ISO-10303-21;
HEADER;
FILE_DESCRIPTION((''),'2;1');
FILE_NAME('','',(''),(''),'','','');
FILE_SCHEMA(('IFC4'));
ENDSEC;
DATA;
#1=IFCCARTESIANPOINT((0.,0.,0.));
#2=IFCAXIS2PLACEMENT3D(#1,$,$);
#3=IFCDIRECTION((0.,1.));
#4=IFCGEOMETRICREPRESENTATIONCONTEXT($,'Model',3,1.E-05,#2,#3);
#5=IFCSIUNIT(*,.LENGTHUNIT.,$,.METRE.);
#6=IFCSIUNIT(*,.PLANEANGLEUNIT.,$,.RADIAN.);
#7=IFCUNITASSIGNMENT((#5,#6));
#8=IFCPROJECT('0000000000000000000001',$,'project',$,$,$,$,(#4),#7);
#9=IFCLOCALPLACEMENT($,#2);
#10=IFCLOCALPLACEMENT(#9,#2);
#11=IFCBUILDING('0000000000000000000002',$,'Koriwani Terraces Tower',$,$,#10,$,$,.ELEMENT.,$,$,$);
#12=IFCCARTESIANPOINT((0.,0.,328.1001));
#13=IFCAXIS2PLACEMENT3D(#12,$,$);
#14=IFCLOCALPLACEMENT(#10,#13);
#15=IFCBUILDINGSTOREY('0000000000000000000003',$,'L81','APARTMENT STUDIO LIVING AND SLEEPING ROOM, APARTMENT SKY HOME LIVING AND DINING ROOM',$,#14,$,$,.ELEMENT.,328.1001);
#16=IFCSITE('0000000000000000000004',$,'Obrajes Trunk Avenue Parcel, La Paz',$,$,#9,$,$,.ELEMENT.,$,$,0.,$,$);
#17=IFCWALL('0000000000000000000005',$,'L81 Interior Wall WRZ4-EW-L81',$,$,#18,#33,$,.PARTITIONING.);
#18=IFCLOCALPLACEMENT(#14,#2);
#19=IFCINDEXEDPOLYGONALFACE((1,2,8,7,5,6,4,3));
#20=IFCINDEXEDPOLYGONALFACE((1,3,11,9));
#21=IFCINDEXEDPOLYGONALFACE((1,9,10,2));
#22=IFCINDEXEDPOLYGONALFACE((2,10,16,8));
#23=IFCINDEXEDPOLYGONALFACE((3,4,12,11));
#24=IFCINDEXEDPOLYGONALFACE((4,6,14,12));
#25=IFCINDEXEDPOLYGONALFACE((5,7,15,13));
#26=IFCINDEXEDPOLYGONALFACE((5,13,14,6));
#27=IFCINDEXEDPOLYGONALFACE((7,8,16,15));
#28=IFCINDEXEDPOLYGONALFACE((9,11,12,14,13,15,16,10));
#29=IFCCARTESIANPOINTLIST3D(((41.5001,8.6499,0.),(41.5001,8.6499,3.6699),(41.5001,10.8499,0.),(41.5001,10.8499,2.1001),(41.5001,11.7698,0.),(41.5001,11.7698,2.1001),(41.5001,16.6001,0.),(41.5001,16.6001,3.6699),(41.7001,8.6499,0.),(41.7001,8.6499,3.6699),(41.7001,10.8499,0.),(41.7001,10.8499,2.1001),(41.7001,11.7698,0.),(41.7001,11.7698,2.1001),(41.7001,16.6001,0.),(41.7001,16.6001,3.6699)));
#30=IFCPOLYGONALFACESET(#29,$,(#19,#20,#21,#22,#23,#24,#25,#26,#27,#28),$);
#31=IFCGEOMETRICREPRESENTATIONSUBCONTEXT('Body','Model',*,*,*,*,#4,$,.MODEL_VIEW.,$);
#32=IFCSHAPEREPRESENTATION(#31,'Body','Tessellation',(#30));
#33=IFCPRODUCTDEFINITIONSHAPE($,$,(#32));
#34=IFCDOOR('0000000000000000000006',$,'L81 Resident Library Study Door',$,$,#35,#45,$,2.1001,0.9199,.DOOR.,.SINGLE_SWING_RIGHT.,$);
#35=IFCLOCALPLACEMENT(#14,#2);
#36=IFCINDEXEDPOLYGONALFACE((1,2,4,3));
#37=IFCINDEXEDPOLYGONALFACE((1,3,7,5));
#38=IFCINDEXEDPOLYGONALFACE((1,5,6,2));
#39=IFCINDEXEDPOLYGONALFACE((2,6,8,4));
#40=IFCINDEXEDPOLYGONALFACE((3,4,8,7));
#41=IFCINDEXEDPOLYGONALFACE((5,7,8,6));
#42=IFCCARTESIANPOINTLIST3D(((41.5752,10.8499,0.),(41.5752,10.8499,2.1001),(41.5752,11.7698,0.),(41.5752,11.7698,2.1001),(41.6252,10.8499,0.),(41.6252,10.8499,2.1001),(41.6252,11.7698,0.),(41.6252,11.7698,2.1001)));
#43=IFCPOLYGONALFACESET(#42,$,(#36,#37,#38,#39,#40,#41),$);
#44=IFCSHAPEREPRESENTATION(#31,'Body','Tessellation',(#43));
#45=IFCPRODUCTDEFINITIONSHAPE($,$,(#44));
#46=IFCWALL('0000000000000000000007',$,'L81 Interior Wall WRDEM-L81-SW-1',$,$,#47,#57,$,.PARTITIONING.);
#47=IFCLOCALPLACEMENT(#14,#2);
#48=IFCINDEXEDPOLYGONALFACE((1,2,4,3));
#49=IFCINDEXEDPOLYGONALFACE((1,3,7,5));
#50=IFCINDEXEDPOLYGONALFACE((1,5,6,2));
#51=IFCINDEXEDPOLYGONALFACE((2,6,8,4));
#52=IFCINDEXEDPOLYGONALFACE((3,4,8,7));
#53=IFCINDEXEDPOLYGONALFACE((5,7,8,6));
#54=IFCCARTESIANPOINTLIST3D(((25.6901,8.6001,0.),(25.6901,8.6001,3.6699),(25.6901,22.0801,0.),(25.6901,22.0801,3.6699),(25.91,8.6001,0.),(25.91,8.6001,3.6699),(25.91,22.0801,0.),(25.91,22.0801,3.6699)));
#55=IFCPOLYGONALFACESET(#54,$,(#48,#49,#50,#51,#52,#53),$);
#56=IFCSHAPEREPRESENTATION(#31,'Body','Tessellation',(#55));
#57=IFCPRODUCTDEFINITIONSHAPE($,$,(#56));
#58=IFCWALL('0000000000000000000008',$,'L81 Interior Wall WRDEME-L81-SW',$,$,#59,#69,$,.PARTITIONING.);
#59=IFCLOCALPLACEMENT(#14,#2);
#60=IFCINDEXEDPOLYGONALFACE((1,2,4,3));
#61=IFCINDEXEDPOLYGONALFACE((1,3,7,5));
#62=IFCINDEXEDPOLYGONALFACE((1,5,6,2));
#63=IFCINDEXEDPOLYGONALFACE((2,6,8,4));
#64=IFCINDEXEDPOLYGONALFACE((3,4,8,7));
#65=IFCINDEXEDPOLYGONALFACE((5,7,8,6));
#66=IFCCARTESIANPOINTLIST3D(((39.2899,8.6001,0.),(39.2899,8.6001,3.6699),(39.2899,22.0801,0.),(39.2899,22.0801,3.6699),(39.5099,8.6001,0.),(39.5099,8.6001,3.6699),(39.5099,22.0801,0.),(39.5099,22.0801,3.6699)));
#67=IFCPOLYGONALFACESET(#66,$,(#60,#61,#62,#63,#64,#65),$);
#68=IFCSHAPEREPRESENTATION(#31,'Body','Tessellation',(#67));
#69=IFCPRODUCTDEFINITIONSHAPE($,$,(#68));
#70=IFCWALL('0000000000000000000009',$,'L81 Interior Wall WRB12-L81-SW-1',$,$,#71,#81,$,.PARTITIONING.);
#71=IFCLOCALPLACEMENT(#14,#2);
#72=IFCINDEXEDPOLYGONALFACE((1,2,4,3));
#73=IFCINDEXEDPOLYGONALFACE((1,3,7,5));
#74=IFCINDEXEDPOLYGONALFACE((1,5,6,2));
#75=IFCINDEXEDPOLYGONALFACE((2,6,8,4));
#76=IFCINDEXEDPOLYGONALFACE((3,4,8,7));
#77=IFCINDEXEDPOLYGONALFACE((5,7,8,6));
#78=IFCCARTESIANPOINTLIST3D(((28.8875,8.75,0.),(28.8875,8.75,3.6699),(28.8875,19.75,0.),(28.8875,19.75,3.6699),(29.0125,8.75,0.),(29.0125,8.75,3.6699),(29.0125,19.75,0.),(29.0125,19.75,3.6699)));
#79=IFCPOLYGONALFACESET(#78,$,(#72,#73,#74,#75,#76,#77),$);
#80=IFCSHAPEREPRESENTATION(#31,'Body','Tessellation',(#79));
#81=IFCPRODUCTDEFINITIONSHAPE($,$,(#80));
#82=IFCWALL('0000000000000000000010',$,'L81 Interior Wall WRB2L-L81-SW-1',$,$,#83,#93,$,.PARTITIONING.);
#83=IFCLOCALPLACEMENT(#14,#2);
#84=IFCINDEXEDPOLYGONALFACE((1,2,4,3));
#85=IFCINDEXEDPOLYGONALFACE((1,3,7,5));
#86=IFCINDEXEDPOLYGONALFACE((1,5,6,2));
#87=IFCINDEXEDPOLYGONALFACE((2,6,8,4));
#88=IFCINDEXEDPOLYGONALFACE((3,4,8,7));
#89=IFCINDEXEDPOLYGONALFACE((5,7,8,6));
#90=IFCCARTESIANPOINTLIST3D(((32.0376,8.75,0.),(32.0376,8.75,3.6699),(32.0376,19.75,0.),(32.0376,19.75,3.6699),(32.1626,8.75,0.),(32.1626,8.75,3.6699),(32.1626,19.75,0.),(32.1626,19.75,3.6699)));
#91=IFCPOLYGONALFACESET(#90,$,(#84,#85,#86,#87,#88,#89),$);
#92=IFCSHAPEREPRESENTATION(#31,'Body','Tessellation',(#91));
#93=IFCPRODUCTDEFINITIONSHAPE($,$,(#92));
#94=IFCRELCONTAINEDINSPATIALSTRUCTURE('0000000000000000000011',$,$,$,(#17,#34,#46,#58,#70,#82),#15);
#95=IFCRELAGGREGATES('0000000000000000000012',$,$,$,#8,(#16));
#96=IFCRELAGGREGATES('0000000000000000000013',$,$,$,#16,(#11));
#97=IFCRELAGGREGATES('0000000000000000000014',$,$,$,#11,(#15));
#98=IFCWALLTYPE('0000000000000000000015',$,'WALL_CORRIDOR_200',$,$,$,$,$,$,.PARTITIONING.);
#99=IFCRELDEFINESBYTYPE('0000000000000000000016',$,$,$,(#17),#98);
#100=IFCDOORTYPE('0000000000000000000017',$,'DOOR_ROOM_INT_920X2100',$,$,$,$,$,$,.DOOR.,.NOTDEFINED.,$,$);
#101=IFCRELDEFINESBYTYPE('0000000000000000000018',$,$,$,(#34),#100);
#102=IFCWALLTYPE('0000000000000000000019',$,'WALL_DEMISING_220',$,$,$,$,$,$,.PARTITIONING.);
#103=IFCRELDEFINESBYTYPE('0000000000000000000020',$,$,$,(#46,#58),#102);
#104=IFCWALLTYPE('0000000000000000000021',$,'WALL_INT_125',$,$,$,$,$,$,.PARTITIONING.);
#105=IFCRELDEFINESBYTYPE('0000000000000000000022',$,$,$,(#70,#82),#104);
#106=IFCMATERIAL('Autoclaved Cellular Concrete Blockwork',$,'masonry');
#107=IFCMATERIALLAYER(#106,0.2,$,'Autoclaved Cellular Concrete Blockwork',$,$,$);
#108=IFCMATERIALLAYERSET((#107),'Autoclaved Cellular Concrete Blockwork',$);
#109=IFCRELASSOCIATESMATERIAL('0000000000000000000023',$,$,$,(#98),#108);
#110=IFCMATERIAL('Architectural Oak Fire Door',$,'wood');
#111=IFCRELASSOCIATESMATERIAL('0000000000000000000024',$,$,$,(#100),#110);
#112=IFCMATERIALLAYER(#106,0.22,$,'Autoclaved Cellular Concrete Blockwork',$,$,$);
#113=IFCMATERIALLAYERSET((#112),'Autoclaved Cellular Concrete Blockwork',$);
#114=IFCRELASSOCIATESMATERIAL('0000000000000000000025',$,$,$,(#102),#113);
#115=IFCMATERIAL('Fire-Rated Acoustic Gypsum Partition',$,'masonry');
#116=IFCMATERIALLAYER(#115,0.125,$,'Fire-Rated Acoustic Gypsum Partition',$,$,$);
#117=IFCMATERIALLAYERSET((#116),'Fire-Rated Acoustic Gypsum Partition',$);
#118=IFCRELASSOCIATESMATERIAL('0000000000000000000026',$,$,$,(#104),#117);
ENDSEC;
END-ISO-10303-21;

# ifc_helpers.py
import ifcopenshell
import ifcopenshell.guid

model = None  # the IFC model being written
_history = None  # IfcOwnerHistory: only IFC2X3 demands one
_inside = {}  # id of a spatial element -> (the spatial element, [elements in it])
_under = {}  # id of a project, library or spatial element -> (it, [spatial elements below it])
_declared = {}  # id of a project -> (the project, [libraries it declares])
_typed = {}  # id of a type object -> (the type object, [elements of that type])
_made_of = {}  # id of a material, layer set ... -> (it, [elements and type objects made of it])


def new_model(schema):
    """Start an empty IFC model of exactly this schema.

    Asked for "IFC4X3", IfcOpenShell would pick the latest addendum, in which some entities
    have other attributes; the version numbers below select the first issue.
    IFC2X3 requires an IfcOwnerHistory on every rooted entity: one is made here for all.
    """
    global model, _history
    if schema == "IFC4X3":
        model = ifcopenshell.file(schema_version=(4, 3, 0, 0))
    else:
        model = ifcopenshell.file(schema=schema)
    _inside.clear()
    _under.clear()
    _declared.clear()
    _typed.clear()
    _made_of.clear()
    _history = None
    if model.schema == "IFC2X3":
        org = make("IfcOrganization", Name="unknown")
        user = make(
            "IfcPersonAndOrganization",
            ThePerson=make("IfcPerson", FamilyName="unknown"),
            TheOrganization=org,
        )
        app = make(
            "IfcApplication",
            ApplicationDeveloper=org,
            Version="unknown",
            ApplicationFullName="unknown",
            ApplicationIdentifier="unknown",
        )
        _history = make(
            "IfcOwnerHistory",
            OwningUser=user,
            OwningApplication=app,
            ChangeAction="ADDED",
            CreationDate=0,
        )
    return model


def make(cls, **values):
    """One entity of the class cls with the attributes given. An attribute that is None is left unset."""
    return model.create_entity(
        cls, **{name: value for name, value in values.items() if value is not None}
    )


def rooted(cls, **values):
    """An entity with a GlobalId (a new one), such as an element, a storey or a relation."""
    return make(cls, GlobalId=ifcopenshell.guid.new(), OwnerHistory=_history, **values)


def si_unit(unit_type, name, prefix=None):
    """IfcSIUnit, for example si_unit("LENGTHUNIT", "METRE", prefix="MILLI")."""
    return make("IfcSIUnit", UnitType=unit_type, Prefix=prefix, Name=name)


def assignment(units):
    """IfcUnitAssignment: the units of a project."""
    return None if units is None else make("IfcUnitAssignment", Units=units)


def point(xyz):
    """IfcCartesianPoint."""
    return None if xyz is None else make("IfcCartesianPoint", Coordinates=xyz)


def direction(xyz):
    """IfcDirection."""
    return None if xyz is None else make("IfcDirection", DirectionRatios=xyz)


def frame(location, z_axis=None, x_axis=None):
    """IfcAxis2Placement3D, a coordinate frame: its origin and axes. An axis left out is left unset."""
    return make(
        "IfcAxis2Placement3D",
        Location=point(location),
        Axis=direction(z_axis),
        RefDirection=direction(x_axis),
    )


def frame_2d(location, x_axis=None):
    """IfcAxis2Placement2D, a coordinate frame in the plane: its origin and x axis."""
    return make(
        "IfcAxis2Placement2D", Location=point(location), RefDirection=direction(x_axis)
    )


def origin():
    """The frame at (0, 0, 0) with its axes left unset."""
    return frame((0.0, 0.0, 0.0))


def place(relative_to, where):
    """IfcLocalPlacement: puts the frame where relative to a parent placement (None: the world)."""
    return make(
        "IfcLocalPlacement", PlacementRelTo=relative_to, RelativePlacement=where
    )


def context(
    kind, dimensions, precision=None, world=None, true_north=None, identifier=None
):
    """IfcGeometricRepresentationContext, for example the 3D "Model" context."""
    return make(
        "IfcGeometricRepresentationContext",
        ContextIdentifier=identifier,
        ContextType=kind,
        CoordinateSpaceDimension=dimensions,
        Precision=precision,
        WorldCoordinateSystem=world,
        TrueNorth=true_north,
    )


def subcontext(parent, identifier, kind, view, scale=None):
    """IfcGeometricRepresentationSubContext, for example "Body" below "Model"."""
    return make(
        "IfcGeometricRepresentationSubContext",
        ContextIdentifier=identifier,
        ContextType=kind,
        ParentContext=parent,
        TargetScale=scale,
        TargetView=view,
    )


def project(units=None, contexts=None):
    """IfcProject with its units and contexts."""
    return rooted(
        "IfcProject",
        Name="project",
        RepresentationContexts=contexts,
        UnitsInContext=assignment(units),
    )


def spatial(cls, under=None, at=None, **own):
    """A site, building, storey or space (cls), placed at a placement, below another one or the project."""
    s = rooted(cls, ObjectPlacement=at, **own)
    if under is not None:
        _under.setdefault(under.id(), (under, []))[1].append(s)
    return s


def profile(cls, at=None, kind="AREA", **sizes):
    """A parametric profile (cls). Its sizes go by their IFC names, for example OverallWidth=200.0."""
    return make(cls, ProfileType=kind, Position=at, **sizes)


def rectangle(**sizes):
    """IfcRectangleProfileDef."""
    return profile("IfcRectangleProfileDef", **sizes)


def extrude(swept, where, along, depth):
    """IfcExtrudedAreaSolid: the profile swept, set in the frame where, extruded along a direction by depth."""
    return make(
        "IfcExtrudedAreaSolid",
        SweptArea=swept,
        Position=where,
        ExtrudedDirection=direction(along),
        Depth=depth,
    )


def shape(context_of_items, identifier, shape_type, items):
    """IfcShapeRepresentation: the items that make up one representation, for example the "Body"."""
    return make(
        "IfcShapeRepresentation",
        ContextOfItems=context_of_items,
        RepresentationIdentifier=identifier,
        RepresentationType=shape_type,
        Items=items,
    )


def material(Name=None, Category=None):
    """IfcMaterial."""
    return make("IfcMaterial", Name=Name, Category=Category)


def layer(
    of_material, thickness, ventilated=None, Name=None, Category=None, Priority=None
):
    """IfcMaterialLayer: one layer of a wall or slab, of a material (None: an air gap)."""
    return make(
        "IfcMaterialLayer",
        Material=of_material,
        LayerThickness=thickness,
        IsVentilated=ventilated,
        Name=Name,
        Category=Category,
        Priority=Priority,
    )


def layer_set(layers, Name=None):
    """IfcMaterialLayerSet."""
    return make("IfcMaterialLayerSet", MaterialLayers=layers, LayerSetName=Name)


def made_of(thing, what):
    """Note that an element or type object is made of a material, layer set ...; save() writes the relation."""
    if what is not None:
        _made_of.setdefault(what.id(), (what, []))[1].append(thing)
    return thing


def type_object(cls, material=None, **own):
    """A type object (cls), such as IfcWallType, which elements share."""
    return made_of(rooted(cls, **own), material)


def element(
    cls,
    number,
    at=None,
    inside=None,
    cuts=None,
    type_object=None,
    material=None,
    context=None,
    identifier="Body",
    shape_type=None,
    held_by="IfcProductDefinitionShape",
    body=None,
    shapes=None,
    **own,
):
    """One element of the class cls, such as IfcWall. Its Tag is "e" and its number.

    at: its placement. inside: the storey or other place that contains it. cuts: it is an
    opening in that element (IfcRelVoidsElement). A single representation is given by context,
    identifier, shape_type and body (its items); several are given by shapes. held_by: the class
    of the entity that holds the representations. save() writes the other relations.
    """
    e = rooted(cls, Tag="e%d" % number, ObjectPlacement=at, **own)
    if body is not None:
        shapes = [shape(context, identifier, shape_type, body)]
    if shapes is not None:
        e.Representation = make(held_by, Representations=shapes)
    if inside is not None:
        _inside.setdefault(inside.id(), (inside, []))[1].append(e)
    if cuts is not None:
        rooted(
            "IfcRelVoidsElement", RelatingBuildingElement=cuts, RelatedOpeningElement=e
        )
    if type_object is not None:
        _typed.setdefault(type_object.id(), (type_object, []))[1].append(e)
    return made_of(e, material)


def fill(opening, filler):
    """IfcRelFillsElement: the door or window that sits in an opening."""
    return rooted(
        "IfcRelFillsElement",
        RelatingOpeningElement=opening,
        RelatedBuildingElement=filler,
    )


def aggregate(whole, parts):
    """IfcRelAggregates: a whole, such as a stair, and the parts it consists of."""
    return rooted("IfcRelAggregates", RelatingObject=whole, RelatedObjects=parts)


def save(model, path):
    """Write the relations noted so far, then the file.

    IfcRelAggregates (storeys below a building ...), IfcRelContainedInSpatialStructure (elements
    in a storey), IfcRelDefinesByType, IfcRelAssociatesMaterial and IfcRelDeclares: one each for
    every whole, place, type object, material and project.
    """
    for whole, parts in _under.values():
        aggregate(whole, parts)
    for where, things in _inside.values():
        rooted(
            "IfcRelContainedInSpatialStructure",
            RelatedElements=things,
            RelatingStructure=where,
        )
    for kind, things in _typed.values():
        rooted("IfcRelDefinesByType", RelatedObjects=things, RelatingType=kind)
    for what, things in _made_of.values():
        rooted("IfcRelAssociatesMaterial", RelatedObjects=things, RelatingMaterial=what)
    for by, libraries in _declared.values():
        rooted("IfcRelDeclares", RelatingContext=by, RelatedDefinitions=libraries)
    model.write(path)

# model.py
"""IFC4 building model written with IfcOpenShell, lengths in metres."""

from ifc_helpers import new_model, si_unit, direction, frame, frame_2d, origin, place, context, subcontext, project, spatial, rectangle, extrude, material, layer, layer_set, type_object, element, fill, save


model = new_model("IFC4")

# Units and contexts
model_context = context("Model", 3, precision=1e-05, world=origin(), true_north=direction((0.0, 1.0)))
body_context = subcontext(model_context, "Body", "Model", "MODEL_VIEW")
ifc_project = project(units=[si_unit("LENGTHUNIT", "METRE"), si_unit("PLANEANGLEUNIT", "RADIAN")], contexts=[model_context])

# Site, building, storey
site_placement = place(None, origin())
site = spatial("IfcSite", under=ifc_project, at=site_placement, Name="Obrajes Trunk Avenue Parcel, La Paz", CompositionType="ELEMENT", RefElevation=0.0)
building_placement = place(site_placement, origin())
building = spatial("IfcBuilding", under=site, at=building_placement, Name="Koriwani Terraces Tower", CompositionType="ELEMENT")
storey_placement = place(building_placement, frame((0.0, 0.0, 328.1001)))
storey = spatial("IfcBuildingStorey", under=building, at=storey_placement, Name="L81", Description="APARTMENT STUDIO LIVING AND SLEEPING ROOM, APARTMENT SKY HOME LIVING AND DINING ROOM", CompositionType="ELEMENT", Elevation=328.1001)

# Wall, opening, door
ifc_material_1 = material(Name="Autoclaved Cellular Concrete Blockwork", Category="masonry")
ifc_layer_1 = layer(ifc_material_1, 0.2, Name="Autoclaved Cellular Concrete Blockwork")
ifc_layer_set_1 = layer_set([ifc_layer_1], Name="Autoclaved Cellular Concrete Blockwork")
wall_type_1 = type_object("IfcWallType", Name="WALL_CORRIDOR_200", PredefinedType="PARTITIONING", material=ifc_layer_set_1)
wall_1_placement = place(storey_placement, frame((41.6001, 8.6499, 0.0), z_axis=(0.0, 0.0, 1.0), x_axis=(0.0, 1.0, 0.0)))
wall_1 = element("IfcWall", 1, at=wall_1_placement, inside=storey, type_object=wall_type_1, Name="L81 Interior Wall WRZ4-EW-L81", PredefinedType="PARTITIONING", context=body_context, shape_type="SweptSolid", body=[
    extrude(rectangle(XDim=7.9502, YDim=0.2, at=frame_2d((3.9751, 0.0))), origin(), (0.0, 0.0, 1.0), 3.6699),
])
opening_placement = place(wall_1_placement, frame((2.2, 0.0, 0.0)))
opening = element("IfcOpeningElement", 2, at=opening_placement, cuts=wall_1, PredefinedType="OPENING", context=body_context, shape_type="SweptSolid", body=[
    extrude(rectangle(XDim=0.9199, YDim=2.1001, at=frame_2d((0.46, 1.05))), frame((0.0, 0.1099, 0.0), z_axis=(0.0, -1.0, 0.0), x_axis=(1.0, 0.0, 0.0)), (0.0, 0.0, 1.0), 0.22),
])
ifc_material_2 = material(Name="Architectural Oak Fire Door", Category="wood")
door_type = type_object("IfcDoorType", Name="DOOR_ROOM_INT_920X2100", OperationType="NOTDEFINED", PredefinedType="DOOR", material=ifc_material_2)
door_placement = place(opening_placement, origin())
door = element("IfcDoor", 3, at=door_placement, inside=storey, type_object=door_type, Name="L81 Resident Library Study Door", OperationType="SINGLE_SWING_RIGHT", OverallHeight=2.1001, OverallWidth=0.9199, PredefinedType="DOOR", context=body_context, shape_type="SweptSolid", body=[
    extrude(rectangle(XDim=0.9199, YDim=2.1001, at=frame_2d((0.46, 1.05))), frame((0.0, 0.0249, 0.0), z_axis=(0.0, -1.0, 0.0), x_axis=(1.0, 0.0, 0.0)), (0.0, 0.0, 1.0), 0.05),
])
fill(opening, door)

# Walls
ifc_layer_2 = layer(ifc_material_1, 0.22, Name="Autoclaved Cellular Concrete Blockwork")
ifc_layer_set_2 = layer_set([ifc_layer_2], Name="Autoclaved Cellular Concrete Blockwork")
wall_type_2 = type_object("IfcWallType", Name="WALL_DEMISING_220", PredefinedType="PARTITIONING", material=ifc_layer_set_2)
for number, where, z_axis, x_axis, name in (
    (4, (25.8, 8.6001, 0.0), (0.0, 0.0, 1.0), (0.0, 1.0, 0.0), "L81 Interior Wall WRDEM-L81-SW-1"),
    (5, (39.3999, 8.6001, 0.0), (0.0, 0.0, 1.0), (0.0, 1.0, 0.0), "L81 Interior Wall WRDEME-L81-SW"),
):
    element("IfcWall", number, at=place(storey_placement, frame(where, z_axis=z_axis, x_axis=x_axis)), inside=storey, type_object=wall_type_2, Name=name, PredefinedType="PARTITIONING", context=body_context, shape_type="SweptSolid", body=[
        extrude(rectangle(XDim=13.48, YDim=0.22, at=frame_2d((6.74, 0.0))), origin(), (0.0, 0.0, 1.0), 3.6699),
    ])
ifc_material_3 = material(Name="Fire-Rated Acoustic Gypsum Partition", Category="masonry")
ifc_layer_3 = layer(ifc_material_3, 0.125, Name="Fire-Rated Acoustic Gypsum Partition")
ifc_layer_set_3 = layer_set([ifc_layer_3], Name="Fire-Rated Acoustic Gypsum Partition")
wall_type_3 = type_object("IfcWallType", Name="WALL_INT_125", PredefinedType="PARTITIONING", material=ifc_layer_set_3)
for number, where, z_axis, x_axis, name in (
    (6, (28.95, 8.75, 0.0), (0.0, 0.0, 1.0), (0.0, 1.0, 0.0), "L81 Interior Wall WRB12-L81-SW-1"),
    (7, (32.1001, 8.75, 0.0), (0.0, 0.0, 1.0), (0.0, 1.0, 0.0), "L81 Interior Wall WRB2L-L81-SW-1"),
):
    element("IfcWall", number, at=place(storey_placement, frame(where, z_axis=z_axis, x_axis=x_axis)), inside=storey, type_object=wall_type_3, Name=name, PredefinedType="PARTITIONING", context=body_context, shape_type="SweptSolid", body=[
        extrude(rectangle(XDim=11.0, YDim=0.125, at=frame_2d((5.5, 0.0))), origin(), (0.0, 0.0, 1.0), 3.6699),
    ])

save(model, "model.ifc")
